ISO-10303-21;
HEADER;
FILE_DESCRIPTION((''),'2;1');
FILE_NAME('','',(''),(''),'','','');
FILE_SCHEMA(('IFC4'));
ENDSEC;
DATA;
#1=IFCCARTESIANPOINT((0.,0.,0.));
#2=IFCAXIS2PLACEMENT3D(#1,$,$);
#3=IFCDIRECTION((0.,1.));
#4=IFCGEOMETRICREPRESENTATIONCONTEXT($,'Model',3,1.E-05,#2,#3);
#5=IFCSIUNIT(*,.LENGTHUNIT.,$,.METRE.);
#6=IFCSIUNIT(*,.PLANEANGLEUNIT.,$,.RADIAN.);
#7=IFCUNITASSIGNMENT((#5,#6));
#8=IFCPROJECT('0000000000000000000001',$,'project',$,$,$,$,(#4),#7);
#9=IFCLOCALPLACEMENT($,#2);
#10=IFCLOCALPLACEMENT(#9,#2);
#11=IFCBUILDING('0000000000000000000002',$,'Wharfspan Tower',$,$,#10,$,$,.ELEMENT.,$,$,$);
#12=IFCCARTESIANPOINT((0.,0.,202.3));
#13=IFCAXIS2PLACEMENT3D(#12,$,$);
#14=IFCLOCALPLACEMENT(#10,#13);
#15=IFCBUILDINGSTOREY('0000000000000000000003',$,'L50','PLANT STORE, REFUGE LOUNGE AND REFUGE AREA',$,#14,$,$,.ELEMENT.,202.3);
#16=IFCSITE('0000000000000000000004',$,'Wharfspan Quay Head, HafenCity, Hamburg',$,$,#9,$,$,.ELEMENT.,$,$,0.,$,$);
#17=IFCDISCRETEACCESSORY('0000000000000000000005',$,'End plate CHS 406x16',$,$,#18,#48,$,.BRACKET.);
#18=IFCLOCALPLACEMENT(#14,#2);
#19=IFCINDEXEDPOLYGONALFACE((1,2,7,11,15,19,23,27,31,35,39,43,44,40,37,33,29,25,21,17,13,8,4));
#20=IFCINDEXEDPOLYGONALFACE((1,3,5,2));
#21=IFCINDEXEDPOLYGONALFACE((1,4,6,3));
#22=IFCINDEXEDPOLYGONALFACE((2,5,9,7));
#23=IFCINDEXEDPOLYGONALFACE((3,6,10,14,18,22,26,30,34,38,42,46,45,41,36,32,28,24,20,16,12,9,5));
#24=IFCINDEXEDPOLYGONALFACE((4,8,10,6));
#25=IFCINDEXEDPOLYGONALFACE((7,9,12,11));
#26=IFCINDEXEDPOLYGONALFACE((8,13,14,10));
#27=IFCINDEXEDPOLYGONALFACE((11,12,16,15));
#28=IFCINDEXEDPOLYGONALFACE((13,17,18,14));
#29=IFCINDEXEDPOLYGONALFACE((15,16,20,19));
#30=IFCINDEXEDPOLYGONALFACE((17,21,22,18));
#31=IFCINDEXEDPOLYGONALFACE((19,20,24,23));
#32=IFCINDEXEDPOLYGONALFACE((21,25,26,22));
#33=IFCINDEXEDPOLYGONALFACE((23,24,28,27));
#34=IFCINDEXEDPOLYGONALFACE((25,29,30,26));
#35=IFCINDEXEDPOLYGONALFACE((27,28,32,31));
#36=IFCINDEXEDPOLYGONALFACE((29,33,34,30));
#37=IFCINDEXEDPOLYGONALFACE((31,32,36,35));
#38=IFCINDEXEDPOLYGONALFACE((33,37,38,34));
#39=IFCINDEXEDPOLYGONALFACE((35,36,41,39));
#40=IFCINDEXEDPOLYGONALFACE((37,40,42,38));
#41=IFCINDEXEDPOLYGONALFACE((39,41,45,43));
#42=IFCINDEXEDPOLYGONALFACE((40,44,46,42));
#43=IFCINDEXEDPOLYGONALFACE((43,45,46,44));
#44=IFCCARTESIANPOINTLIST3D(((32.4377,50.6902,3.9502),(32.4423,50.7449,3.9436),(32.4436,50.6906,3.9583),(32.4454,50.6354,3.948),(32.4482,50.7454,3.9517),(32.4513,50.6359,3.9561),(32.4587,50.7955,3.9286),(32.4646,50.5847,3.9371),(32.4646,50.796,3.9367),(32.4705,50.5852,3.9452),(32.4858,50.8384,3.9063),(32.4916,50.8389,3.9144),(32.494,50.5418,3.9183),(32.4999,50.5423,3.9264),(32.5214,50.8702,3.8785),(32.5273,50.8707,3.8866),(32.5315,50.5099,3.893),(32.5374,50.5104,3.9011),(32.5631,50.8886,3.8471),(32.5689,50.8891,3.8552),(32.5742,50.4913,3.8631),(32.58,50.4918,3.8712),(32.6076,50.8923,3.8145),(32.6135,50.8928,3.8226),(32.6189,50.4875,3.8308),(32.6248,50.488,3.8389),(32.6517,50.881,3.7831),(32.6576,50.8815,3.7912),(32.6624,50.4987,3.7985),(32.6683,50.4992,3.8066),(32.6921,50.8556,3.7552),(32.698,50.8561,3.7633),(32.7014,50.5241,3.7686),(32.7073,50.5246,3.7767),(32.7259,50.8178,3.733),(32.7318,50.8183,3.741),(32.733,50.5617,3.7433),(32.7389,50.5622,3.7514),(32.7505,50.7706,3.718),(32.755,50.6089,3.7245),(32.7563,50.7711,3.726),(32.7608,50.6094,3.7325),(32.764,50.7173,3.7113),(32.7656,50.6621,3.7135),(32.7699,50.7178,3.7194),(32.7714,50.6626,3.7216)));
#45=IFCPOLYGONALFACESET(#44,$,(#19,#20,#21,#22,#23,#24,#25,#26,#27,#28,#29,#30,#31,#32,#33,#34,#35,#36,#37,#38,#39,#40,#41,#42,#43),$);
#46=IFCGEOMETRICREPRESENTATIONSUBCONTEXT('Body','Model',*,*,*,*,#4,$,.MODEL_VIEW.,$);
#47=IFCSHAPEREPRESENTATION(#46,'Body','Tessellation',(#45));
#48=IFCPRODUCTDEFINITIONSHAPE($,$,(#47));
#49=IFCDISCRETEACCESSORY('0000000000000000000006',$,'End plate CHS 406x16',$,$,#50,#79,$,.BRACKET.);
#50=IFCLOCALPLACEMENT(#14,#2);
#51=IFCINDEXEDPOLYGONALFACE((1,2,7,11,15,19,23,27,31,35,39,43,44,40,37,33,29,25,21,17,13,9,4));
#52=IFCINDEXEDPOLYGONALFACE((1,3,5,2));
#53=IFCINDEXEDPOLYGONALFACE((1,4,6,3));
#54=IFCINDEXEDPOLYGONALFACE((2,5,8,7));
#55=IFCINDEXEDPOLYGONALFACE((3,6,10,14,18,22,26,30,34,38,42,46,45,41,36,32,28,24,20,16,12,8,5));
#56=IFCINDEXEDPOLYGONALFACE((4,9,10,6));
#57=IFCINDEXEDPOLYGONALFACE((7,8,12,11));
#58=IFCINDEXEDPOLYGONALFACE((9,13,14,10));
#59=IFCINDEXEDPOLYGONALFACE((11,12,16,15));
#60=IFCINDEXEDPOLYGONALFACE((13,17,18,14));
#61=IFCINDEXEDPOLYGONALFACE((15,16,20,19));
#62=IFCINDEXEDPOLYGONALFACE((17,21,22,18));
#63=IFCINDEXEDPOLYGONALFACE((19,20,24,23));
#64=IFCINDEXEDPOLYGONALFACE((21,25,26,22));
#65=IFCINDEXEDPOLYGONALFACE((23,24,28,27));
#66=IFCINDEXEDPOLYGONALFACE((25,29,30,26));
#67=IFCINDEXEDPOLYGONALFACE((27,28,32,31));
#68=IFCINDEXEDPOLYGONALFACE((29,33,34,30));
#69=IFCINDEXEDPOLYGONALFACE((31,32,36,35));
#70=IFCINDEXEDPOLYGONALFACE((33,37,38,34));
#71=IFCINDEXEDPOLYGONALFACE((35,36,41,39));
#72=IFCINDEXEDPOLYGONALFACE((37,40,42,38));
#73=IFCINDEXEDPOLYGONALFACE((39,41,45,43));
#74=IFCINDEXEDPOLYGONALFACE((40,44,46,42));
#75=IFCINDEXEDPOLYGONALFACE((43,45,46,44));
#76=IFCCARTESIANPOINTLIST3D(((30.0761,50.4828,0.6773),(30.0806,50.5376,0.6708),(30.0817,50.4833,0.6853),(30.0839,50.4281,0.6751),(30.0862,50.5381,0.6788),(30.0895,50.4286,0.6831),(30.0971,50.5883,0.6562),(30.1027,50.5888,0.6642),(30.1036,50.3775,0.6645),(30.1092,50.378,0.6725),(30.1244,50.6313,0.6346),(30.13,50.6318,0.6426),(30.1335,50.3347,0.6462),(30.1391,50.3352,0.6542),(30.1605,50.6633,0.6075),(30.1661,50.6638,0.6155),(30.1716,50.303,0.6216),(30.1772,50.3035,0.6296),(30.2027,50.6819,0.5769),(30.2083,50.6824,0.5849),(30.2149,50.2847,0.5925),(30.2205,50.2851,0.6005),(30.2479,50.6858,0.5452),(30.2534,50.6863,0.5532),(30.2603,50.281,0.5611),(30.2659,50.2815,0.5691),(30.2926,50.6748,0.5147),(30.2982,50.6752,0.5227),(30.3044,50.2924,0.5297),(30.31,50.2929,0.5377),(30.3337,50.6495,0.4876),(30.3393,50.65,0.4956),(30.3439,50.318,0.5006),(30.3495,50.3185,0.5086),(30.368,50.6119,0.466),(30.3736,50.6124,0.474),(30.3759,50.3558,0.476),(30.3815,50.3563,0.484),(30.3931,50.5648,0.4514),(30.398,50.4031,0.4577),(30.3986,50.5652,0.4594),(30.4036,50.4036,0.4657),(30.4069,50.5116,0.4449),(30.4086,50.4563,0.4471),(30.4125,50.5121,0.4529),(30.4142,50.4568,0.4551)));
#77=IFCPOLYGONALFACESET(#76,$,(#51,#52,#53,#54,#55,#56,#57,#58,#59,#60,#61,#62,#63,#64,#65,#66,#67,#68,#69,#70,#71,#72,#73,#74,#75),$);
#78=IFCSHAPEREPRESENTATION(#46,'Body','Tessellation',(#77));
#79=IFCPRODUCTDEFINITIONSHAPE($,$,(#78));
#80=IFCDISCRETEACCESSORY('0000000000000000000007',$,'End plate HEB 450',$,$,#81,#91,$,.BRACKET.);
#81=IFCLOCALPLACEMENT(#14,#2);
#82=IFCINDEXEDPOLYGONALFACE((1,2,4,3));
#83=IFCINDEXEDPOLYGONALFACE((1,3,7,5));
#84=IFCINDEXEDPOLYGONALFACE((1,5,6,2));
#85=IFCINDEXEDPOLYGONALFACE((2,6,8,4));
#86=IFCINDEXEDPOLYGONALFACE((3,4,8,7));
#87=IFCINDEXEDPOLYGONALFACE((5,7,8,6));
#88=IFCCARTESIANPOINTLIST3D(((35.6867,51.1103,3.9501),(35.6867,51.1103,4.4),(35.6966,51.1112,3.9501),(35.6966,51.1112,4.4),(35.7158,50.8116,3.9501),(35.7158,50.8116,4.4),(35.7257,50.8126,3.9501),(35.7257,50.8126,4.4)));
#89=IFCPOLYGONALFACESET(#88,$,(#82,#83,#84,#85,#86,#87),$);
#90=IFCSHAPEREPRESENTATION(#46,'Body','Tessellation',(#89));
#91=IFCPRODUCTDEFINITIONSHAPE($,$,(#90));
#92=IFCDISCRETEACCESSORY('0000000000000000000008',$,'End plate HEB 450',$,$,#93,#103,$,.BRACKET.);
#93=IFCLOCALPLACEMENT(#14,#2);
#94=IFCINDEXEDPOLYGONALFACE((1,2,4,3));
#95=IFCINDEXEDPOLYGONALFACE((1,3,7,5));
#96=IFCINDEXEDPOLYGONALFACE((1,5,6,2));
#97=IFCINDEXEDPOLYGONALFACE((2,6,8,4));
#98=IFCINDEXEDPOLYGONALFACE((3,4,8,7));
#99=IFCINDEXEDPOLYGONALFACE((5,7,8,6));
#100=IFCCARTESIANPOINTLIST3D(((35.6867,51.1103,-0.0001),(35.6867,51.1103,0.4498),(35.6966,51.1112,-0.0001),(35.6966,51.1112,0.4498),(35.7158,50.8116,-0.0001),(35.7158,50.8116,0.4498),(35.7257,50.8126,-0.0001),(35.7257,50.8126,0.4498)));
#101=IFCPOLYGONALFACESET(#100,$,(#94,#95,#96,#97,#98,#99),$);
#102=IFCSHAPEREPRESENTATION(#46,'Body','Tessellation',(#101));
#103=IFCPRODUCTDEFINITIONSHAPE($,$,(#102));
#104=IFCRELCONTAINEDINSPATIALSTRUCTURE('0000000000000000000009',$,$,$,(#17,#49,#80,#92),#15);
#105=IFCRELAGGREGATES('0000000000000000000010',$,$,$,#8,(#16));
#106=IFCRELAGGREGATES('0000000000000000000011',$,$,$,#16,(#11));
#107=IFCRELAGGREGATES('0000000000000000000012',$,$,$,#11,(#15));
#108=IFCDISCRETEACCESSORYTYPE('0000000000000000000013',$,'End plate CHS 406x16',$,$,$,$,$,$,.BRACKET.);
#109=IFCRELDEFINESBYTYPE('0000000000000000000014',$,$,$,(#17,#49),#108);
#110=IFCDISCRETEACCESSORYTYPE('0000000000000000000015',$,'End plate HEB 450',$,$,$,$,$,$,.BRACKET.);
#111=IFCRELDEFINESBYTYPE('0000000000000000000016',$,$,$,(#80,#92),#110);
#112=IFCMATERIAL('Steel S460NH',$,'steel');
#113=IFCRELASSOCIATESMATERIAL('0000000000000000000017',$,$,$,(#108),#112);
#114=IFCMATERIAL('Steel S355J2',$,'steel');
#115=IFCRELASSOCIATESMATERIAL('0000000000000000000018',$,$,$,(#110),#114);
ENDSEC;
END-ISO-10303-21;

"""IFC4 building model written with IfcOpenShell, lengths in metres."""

from ifc_helpers import new_model, si_unit, direction, frame, origin, origin_2d, place, context, subcontext, project, spatial, rectangle, circle, extrude, material, material_profile, profile_set, type_object, element, save


model = new_model("IFC4")

# Units and contexts
model_context = context("Model", 3, precision=1e-05, world=origin(), true_north=direction((0.0, 1.0)))
body_context = subcontext(model_context, "Body", "Model", "MODEL_VIEW")
ifc_project = project(units=[si_unit("LENGTHUNIT", "METRE"), si_unit("PLANEANGLEUNIT", "RADIAN")], contexts=[model_context])

# Site, building, storey
site_placement = place(None, origin())
site = spatial("IfcSite", under=ifc_project, at=site_placement, Name="Wharfspan Quay Head, HafenCity, Hamburg", CompositionType="ELEMENT", RefElevation=0.0)
building_placement = place(site_placement, origin())
building = spatial("IfcBuilding", under=site, at=building_placement, Name="Wharfspan Tower", CompositionType="ELEMENT")
storey_placement = place(building_placement, frame((0.0, 0.0, 202.3)))
storey = spatial("IfcBuildingStorey", under=building, at=storey_placement, Name="L50", Description="PLANT STORE, REFUGE LOUNGE AND REFUGE AREA", CompositionType="ELEMENT", Elevation=202.3)

# Shared definitions
ifc_material_1 = material(Name="Steel S355J2", Category="steel")

# Shared definitions
ifc_material_2 = material(Name="Steel S460NH", Category="steel")

# Discrete accessories
ifc_material_profile_1 = material_profile(ifc_material_2, circle(Radius=0.2031, at=origin_2d()))
ifc_profile_set_1 = profile_set([ifc_material_profile_1], Name="Steel S460NH")
discrete_accessory_type_1 = type_object("IfcDiscreteAccessoryType", Name="End plate CHS 406x16", PredefinedType="BRACKET", material=ifc_profile_set_1)
for number, where, z_axis, x_axis, name in (
    (1, (32.6079, 50.6904, 3.8389), (-0.587466, -0.048956, -0.807766), (0.083046, -0.996542, 0.0), "End plate CHS 406x16"),
):
    element("IfcDiscreteAccessory", number, at=place(storey_placement, frame(where, z_axis=z_axis, x_axis=x_axis)), inside=storey, type_object=discrete_accessory_type_1, Name=name, PredefinedType="BRACKET", context=body_context, shape_type="SweptSolid", body=[
        extrude(circle(Radius=0.2031, at=origin_2d()), origin(), (0.0, 0.0, 1.0), 0.01),
    ])
discrete_accessory_placement = place(storey_placement, frame((30.2483, 50.4839, 0.5691), z_axis=(-0.571087, -0.04966, -0.819386), x_axis=(0.08663, -0.99624, 0.0)))
element("IfcDiscreteAccessory", 2, at=discrete_accessory_placement, inside=storey, type_object=discrete_accessory_type_1, Name="End plate CHS 406x16", PredefinedType="BRACKET", context=body_context, shape_type="SweptSolid", body=[
    extrude(circle(Radius=0.2031, at=origin_2d()), origin(), (0.0, 0.0, 1.0), 0.0098),
])
ifc_material_profile_2 = material_profile(ifc_material_1, rectangle(XDim=0.3, YDim=0.45, at=origin_2d()))
ifc_profile_set_2 = profile_set([ifc_material_profile_2], Name="Steel S355J2")
discrete_accessory_type_2 = type_object("IfcDiscreteAccessoryType", Name="End plate HEB 450", PredefinedType="BRACKET", material=ifc_profile_set_2)
for number, where, z_axis, x_axis, name in (
    (3, (35.7112, 50.9619, 4.175), (-0.995275, -0.0971, 0.0), (0.0971, -0.995275, 0.0), "End plate HEB 450"),
    (4, (35.7112, 50.9619, 0.2249), (-0.995275, -0.0971, 0.0), (0.0971, -0.995275, 0.0), "End plate HEB 450"),
):
    element("IfcDiscreteAccessory", number, at=place(storey_placement, frame(where, z_axis=z_axis, x_axis=x_axis)), inside=storey, type_object=discrete_accessory_type_2, Name=name, PredefinedType="BRACKET", context=body_context, shape_type="SweptSolid", body=[
        extrude(rectangle(XDim=0.3, YDim=0.45, at=origin_2d()), origin(), (0.0, 0.0, 1.0), 0.01),
    ])

save(model, "model.ifc")
